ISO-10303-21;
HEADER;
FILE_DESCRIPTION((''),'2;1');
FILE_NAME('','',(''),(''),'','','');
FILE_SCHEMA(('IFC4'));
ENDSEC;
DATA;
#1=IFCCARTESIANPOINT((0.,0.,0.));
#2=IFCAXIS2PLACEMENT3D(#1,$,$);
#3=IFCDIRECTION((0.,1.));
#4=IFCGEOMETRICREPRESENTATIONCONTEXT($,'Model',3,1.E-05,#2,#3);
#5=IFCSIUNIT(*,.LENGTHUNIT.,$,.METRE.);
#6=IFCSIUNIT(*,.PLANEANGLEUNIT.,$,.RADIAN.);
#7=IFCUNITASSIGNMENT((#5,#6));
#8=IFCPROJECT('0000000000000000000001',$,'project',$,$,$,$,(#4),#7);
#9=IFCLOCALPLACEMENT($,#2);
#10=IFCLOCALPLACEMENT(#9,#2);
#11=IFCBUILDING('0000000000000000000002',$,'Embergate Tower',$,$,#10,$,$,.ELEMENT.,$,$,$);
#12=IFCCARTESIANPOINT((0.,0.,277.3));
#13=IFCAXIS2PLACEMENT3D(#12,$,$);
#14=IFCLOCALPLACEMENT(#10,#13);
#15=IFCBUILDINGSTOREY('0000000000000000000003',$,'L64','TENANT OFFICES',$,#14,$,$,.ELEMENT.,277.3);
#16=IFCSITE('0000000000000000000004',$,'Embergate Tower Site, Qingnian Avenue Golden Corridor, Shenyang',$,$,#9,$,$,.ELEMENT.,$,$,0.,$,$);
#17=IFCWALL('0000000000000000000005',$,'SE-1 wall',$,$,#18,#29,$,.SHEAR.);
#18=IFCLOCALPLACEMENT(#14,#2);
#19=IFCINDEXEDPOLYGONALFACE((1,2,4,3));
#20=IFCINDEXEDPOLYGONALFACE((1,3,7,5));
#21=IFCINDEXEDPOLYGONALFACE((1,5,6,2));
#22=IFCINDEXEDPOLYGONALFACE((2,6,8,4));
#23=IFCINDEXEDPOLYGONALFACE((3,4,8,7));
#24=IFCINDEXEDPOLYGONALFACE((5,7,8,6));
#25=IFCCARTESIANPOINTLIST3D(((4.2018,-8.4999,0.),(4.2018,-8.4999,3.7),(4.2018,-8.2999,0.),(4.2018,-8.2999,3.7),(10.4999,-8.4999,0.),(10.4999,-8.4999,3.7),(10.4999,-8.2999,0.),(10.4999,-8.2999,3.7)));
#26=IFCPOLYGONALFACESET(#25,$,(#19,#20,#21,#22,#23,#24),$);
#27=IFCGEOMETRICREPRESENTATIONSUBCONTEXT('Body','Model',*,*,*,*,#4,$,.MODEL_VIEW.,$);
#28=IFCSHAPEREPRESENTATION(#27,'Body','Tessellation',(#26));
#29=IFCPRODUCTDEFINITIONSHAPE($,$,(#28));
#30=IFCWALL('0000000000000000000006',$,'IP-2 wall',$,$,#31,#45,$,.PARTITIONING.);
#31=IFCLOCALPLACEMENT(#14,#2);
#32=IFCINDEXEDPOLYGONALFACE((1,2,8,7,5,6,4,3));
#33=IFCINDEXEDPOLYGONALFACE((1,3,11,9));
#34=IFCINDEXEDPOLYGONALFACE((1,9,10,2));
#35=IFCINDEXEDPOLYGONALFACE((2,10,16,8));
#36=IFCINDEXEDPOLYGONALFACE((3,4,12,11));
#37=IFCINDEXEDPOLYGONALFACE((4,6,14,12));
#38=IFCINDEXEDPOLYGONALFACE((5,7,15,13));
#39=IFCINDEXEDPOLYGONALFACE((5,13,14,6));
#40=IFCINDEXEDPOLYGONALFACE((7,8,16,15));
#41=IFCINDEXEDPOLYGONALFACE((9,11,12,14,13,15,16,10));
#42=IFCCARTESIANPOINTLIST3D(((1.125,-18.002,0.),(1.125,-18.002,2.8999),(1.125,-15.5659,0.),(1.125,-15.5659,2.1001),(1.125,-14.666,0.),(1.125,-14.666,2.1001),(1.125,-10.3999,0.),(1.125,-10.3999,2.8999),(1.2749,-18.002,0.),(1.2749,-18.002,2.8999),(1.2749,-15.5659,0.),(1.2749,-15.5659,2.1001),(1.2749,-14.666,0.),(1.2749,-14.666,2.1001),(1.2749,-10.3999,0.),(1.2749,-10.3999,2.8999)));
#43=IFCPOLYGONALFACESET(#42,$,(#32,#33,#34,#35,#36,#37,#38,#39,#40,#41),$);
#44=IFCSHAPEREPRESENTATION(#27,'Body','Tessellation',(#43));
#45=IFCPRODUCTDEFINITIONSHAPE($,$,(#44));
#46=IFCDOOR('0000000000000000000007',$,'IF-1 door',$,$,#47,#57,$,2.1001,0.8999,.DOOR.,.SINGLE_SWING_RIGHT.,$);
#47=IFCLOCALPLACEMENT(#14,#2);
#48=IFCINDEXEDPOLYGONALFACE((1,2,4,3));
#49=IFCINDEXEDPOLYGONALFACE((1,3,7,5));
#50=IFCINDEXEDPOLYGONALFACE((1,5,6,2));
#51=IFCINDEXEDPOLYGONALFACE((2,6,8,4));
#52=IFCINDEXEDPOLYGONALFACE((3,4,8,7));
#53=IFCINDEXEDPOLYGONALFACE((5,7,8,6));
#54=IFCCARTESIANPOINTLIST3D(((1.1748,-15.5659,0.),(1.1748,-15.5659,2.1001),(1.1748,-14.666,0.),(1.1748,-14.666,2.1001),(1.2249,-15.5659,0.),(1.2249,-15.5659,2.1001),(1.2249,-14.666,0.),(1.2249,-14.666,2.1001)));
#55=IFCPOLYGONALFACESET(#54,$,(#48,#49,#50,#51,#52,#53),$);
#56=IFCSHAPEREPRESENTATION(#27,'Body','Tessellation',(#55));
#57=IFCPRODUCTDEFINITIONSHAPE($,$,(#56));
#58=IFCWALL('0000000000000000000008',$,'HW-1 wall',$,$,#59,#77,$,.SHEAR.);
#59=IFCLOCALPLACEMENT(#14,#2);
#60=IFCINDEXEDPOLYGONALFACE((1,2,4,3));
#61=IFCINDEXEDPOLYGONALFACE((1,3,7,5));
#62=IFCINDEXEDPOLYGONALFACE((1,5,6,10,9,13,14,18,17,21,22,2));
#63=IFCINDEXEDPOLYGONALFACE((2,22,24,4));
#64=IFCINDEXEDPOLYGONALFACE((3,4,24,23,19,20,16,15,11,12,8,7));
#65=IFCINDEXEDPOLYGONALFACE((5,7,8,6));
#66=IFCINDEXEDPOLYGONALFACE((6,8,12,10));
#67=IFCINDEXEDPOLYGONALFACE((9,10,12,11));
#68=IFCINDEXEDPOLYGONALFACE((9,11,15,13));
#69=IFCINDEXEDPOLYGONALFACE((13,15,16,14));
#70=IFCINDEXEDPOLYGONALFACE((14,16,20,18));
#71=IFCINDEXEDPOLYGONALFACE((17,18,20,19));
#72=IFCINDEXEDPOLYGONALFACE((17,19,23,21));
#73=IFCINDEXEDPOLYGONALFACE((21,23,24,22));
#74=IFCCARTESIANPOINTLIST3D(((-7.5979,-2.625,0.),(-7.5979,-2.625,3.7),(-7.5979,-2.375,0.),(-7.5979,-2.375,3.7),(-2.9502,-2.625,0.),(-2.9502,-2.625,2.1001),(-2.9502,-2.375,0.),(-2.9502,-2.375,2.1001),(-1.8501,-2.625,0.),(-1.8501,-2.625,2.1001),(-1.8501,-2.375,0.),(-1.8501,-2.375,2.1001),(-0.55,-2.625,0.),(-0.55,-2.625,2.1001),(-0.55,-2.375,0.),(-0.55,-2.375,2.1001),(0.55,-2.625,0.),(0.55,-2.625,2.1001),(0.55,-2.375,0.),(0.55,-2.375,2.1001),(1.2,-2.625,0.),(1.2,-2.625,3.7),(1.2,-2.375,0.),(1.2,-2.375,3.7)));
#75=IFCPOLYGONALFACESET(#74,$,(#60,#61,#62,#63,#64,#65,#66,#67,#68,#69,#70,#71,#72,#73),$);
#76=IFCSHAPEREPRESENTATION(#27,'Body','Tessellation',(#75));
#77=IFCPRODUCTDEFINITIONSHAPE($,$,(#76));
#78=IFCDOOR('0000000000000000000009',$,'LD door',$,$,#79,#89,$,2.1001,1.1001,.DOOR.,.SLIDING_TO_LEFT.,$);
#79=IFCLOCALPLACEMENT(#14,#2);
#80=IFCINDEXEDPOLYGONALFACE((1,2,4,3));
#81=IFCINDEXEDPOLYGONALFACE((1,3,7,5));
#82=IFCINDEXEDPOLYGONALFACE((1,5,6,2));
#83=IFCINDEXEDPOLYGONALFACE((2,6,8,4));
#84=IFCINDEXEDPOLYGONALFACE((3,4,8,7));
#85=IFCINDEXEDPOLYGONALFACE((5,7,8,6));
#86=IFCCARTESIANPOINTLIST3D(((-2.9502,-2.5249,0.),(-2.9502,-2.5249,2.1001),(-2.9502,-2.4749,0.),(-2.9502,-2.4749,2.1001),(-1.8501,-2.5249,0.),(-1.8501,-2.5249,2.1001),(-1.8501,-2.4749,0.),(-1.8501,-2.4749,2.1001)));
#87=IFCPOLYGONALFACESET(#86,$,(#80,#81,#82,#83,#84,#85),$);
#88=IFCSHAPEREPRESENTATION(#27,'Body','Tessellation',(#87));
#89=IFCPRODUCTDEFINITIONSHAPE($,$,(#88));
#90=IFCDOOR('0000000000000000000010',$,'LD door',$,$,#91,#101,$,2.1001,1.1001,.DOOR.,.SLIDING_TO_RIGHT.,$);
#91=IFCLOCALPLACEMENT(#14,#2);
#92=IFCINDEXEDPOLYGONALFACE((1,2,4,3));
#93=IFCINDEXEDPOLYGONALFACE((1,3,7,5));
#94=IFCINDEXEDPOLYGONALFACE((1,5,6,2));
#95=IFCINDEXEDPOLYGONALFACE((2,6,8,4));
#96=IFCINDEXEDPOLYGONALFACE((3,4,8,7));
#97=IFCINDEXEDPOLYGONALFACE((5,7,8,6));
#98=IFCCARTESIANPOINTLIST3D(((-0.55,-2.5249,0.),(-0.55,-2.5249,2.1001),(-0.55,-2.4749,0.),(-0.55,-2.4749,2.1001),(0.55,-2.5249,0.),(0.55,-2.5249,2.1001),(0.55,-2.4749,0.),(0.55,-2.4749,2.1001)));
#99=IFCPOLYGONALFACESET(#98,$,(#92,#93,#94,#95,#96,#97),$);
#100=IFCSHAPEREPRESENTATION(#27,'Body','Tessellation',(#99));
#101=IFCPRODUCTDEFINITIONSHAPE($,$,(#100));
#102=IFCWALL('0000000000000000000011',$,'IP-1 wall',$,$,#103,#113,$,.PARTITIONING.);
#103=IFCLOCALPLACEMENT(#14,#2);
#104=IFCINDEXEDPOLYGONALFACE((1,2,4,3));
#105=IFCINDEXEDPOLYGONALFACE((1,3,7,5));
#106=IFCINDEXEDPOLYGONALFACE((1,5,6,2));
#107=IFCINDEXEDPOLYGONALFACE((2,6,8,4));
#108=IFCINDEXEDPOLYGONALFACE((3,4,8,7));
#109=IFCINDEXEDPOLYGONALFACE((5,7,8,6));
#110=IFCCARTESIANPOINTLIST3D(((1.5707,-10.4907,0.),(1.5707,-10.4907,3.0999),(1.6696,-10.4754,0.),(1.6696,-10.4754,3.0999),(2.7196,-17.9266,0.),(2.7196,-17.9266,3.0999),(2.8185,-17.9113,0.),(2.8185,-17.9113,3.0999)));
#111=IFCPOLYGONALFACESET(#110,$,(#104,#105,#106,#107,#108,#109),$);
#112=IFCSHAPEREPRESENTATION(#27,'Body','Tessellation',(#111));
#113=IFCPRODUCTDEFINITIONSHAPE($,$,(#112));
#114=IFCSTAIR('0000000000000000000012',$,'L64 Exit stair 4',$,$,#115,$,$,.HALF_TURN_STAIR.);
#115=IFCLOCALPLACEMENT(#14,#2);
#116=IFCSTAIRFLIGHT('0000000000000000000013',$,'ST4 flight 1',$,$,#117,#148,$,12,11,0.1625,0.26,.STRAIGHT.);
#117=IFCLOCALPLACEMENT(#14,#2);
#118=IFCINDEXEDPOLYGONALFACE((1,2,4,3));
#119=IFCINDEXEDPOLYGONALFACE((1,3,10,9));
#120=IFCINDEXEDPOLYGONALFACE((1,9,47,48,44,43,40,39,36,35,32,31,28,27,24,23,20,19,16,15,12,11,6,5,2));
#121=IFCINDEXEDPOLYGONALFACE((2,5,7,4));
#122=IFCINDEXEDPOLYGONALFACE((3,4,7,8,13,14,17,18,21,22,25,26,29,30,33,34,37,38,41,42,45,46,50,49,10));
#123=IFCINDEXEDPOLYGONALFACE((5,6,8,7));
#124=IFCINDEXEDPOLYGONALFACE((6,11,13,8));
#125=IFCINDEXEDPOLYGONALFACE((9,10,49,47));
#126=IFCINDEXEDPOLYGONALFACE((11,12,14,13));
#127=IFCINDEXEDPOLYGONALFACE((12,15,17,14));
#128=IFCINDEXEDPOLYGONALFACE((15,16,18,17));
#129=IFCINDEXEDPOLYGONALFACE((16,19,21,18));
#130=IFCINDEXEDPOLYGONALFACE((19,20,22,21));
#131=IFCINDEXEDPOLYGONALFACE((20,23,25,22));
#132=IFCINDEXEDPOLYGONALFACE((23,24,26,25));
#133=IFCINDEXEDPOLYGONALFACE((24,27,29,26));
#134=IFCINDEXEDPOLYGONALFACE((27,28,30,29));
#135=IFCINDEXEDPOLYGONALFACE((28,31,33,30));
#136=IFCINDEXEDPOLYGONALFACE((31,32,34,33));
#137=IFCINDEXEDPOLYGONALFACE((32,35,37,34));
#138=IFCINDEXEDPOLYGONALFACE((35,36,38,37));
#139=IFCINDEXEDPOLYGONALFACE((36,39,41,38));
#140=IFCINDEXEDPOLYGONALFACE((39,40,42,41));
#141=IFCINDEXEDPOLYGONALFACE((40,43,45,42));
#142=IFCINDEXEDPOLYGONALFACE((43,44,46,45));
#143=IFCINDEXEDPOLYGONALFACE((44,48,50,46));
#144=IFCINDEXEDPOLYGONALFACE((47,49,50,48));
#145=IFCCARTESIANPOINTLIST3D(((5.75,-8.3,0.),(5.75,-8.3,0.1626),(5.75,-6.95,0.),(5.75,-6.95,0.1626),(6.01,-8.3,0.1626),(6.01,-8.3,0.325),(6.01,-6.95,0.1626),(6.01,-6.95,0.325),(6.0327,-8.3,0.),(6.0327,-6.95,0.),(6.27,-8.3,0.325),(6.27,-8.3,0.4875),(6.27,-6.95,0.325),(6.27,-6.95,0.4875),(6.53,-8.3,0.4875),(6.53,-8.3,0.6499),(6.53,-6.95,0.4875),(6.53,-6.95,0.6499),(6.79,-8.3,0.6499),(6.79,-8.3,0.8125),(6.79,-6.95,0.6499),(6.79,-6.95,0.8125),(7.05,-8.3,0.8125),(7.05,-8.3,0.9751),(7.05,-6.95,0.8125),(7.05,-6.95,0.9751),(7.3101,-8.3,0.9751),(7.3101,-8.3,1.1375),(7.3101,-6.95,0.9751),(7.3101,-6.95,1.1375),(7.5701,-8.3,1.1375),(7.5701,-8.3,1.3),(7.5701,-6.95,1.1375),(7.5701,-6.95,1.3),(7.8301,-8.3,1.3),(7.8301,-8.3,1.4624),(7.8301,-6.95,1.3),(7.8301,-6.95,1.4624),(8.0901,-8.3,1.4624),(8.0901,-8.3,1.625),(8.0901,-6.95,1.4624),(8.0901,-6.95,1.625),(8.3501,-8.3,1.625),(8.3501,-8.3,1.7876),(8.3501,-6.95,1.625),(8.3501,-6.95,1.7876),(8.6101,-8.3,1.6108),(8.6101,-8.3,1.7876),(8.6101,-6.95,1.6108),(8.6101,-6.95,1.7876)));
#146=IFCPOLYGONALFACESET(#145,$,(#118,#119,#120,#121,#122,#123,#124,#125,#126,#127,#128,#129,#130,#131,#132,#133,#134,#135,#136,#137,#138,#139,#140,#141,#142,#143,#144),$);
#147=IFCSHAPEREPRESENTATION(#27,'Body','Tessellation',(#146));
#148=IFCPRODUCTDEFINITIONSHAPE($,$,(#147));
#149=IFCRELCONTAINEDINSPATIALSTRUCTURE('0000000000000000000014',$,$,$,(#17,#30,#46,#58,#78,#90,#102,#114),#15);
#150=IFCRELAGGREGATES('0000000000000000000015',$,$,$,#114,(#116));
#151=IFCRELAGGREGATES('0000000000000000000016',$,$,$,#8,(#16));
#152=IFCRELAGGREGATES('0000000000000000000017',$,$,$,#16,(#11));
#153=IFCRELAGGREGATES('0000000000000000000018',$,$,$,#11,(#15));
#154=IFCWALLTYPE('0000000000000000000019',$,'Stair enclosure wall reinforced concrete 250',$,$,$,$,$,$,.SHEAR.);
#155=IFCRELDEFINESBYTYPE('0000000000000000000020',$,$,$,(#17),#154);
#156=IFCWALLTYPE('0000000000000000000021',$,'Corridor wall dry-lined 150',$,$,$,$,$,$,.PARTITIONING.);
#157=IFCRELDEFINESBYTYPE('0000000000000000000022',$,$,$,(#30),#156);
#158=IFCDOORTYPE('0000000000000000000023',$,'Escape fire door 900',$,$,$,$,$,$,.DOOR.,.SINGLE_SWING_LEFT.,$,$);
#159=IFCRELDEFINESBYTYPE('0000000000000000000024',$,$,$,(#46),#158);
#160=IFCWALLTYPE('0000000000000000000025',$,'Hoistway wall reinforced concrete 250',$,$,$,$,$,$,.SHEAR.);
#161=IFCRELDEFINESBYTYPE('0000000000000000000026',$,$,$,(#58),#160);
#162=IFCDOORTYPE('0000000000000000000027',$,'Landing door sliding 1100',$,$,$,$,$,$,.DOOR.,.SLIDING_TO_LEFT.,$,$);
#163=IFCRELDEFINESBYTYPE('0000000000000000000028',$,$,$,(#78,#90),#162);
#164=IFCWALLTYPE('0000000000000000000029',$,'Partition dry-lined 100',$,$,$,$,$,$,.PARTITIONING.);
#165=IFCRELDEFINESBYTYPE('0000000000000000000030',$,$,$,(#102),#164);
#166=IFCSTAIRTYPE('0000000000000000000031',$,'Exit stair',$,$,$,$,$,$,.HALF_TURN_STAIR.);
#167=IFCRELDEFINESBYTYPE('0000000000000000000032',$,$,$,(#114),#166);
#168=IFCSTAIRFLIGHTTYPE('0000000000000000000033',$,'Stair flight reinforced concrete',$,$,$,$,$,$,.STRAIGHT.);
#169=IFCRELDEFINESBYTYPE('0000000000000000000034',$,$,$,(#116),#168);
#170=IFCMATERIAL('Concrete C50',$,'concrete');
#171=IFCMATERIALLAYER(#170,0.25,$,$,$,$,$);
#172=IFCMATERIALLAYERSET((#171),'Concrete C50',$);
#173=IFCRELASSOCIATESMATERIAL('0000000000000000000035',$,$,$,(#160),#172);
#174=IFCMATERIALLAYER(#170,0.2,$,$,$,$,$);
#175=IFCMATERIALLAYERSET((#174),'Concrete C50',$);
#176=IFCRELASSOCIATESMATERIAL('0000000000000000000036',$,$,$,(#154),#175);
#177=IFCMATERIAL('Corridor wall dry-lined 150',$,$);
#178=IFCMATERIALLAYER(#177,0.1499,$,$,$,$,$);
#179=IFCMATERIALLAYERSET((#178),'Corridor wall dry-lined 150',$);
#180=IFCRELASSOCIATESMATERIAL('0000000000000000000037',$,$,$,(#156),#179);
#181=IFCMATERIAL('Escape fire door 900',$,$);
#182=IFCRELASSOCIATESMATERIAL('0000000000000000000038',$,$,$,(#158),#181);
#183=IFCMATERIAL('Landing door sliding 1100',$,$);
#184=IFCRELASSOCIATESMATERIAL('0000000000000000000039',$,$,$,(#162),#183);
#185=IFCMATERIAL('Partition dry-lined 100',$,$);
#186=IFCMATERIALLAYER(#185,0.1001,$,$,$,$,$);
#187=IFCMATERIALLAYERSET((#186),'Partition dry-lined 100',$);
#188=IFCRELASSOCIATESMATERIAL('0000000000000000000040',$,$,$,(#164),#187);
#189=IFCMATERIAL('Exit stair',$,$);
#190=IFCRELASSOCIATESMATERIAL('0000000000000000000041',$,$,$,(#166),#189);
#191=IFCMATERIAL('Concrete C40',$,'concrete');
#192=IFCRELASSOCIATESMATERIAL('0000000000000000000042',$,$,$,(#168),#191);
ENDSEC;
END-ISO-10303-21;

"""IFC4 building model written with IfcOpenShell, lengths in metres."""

from ifc_helpers import new_model, si_unit, direction, frame, frame_2d, origin, place, context, subcontext, project, spatial, polyline, rectangle, outline, extrude, source, transform, mapped, material, layer, layer_set, type_object, element, fill, aggregate, save


model = new_model("IFC4")

# Units and contexts
model_context = context("Model", 3, precision=1e-05, world=origin(), true_north=direction((0.0, 1.0)))
body_context = subcontext(model_context, "Body", "Model", "MODEL_VIEW")
ifc_project = project(units=[si_unit("LENGTHUNIT", "METRE"), si_unit("PLANEANGLEUNIT", "RADIAN")], contexts=[model_context])

# Site, building, storey
site_placement = place(None, origin())
site = spatial("IfcSite", under=ifc_project, at=site_placement, Name="Embergate Tower Site, Qingnian Avenue Golden Corridor, Shenyang", CompositionType="ELEMENT", RefElevation=0.0)
building_placement = place(site_placement, origin())
building = spatial("IfcBuilding", under=site, at=building_placement, Name="Embergate Tower", CompositionType="ELEMENT")
storey_placement = place(building_placement, frame((0.0, 0.0, 277.3)))
storey = spatial("IfcBuildingStorey", under=building, at=storey_placement, Name="L64", Description="TENANT OFFICES", CompositionType="ELEMENT", Elevation=277.3)

# Shared definitions
ifc_material_1 = material(Name="Concrete C50", Category="concrete")
ifc_layer_1 = layer(ifc_material_1, 0.25)
ifc_layer_set_1 = layer_set([ifc_layer_1], Name="Concrete C50")
wall_type_1 = type_object("IfcWallType", Name="Hoistway wall reinforced concrete 250", PredefinedType="SHEAR", material=ifc_layer_set_1)
ifc_layer_2 = layer(ifc_material_1, 0.2)
ifc_layer_set_2 = layer_set([ifc_layer_2], Name="Concrete C50")
wall_type_2 = type_object("IfcWallType", Name="Stair enclosure wall reinforced concrete 250", PredefinedType="SHEAR", material=ifc_layer_set_2)

# Shared definitions
shared_shape_1 = source(origin(), body_context, "Body", "SweptSolid", [
    extrude(rectangle(XDim=0.8999, YDim=2.1001, at=frame_2d((0.45, 1.05))), frame((0.0, 0.0249, 0.0), z_axis=(0.0, -1.0, 0.0), x_axis=(1.0, 0.0, 0.0)), (0.0, 0.0, 1.0), 0.05),
])

# Wall
shared_shape_2 = source(origin(), body_context, "Body", "SweptSolid", [
    extrude(rectangle(XDim=6.2981, YDim=0.2, at=frame_2d((3.1489, 0.0))), origin(), (0.0, 0.0, 1.0), 3.7),
])
wall_1_placement = place(storey_placement, frame((4.2019, -8.3999, 0.0), z_axis=(0.0, 0.0, 1.0), x_axis=(1.0, 0.0, 0.0)))
element("IfcWall", 1, at=wall_1_placement, inside=storey, type_object=wall_type_2, Name="SE-1 wall", PredefinedType="SHEAR", context=body_context, shape_type="MappedRepresentation", body=[
    mapped(shared_shape_2, transform((0.0, 0.0, 0.0))),
])

# Wall, opening, door
ifc_material_2 = material(Name="Corridor wall dry-lined 150")
ifc_layer_3 = layer(ifc_material_2, 0.1499)
ifc_layer_set_3 = layer_set([ifc_layer_3], Name="Corridor wall dry-lined 150")
wall_type_3 = type_object("IfcWallType", Name="Corridor wall dry-lined 150", PredefinedType="PARTITIONING", material=ifc_layer_set_3)
shared_shape_3 = source(origin(), body_context, "Body", "SweptSolid", [
    extrude(rectangle(XDim=7.6021, YDim=0.1499, at=frame_2d((3.801, 0.0))), origin(), (0.0, 0.0, 1.0), 2.8999),
])
wall_2_placement = place(storey_placement, frame((1.2, -10.3999, 0.0), z_axis=(0.0, 0.0, 1.0), x_axis=(0.0, -1.0, 0.0)))
wall_2 = element("IfcWall", 2, at=wall_2_placement, inside=storey, type_object=wall_type_3, Name="IP-2 wall", PredefinedType="PARTITIONING", context=body_context, shape_type="MappedRepresentation", body=[
    mapped(shared_shape_3, transform((0.0, 0.0, 0.0))),
])
shared_shape_4 = source(origin(), body_context, "Body", "SweptSolid", [
    extrude(rectangle(XDim=0.8999, YDim=2.1001, at=frame_2d((0.45, 1.05))), frame((0.0, 0.085, 0.0), z_axis=(0.0, -1.0, 0.0), x_axis=(1.0, 0.0, 0.0)), (0.0, 0.0, 1.0), 0.1699),
])
opening_1_placement = place(wall_2_placement, frame((4.2661, 0.0, 0.0)))
opening_1 = element("IfcOpeningElement", 3, at=opening_1_placement, cuts=wall_2, PredefinedType="OPENING", context=body_context, shape_type="MappedRepresentation", body=[
    mapped(shared_shape_4, transform((0.0, 0.0, 0.0))),
])
ifc_material_3 = material(Name="Escape fire door 900")
door_type_1 = type_object("IfcDoorType", Name="Escape fire door 900", OperationType="SINGLE_SWING_LEFT", PredefinedType="DOOR", material=ifc_material_3)
door_1_placement = place(opening_1_placement, origin())
door_1 = element("IfcDoor", 4, at=door_1_placement, inside=storey, type_object=door_type_1, Name="IF-1 door", OperationType="SINGLE_SWING_RIGHT", OverallHeight=2.1001, OverallWidth=0.8999, PredefinedType="DOOR", context=body_context, shape_type="MappedRepresentation", body=[
    mapped(shared_shape_1, transform((0.0, 0.0, 0.0))),
])
fill(opening_1, door_1)

# Wall, openings, doors
shared_shape_5 = source(origin(), body_context, "Body", "SweptSolid", [
    extrude(rectangle(XDim=8.7979, YDim=0.25, at=frame_2d((4.3989, 0.0))), origin(), (0.0, 0.0, 1.0), 3.7),
])
wall_3_placement = place(storey_placement, frame((1.2, -2.5, 0.0), z_axis=(0.0, 0.0, 1.0), x_axis=(-1.0, 0.0, 0.0)))
wall_3 = element("IfcWall", 5, at=wall_3_placement, inside=storey, type_object=wall_type_1, Name="HW-1 wall", PredefinedType="SHEAR", context=body_context, shape_type="MappedRepresentation", body=[
    mapped(shared_shape_5, transform((0.0, 0.0, 0.0))),
])
shared_shape_6 = source(origin(), body_context, "Body", "SweptSolid", [
    extrude(rectangle(XDim=1.1001, YDim=2.1001, at=frame_2d((0.55, 1.05))), frame((0.0, 0.135, 0.0), z_axis=(0.0, -1.0, 0.0), x_axis=(1.0, 0.0, 0.0)), (0.0, 0.0, 1.0), 0.27),
])
opening_2_placement = place(wall_3_placement, frame((3.05, 0.0, 0.0)))
opening_2 = element("IfcOpeningElement", 6, at=opening_2_placement, cuts=wall_3, PredefinedType="OPENING", context=body_context, shape_type="MappedRepresentation", body=[
    mapped(shared_shape_6, transform((0.0, 0.0, 0.0))),
])
opening_3_placement = place(wall_3_placement, frame((0.6499, 0.0, 0.0)))
opening_3 = element("IfcOpeningElement", 7, at=opening_3_placement, cuts=wall_3, PredefinedType="OPENING", context=body_context, shape_type="MappedRepresentation", body=[
    mapped(shared_shape_6, transform((0.0, 0.0, 0.0))),
])
ifc_material_4 = material(Name="Landing door sliding 1100")
door_type_2 = type_object("IfcDoorType", Name="Landing door sliding 1100", OperationType="SLIDING_TO_LEFT", PredefinedType="DOOR", material=ifc_material_4)
shared_shape_7 = source(origin(), body_context, "Body", "SweptSolid", [
    extrude(rectangle(XDim=1.1001, YDim=2.1001, at=frame_2d((0.55, 1.05))), frame((0.0, 0.0249, 0.0), z_axis=(0.0, -1.0, 0.0), x_axis=(1.0, 0.0, 0.0)), (0.0, 0.0, 1.0), 0.05),
])
door_2_placement = place(opening_2_placement, origin())
door_2 = element("IfcDoor", 8, at=door_2_placement, inside=storey, type_object=door_type_2, Name="LD door", OperationType="SLIDING_TO_LEFT", OverallHeight=2.1001, OverallWidth=1.1001, PredefinedType="DOOR", context=body_context, shape_type="MappedRepresentation", body=[
    mapped(shared_shape_7, transform((0.0, 0.0, 0.0))),
])
fill(opening_2, door_2)
door_3_placement = place(opening_3_placement, origin())
door_3 = element("IfcDoor", 9, at=door_3_placement, inside=storey, type_object=door_type_2, Name="LD door", OperationType="SLIDING_TO_RIGHT", OverallHeight=2.1001, OverallWidth=1.1001, PredefinedType="DOOR", context=body_context, shape_type="MappedRepresentation", body=[
    mapped(shared_shape_7, transform((0.0, 0.0, 0.0))),
])
fill(opening_3, door_3)

# Wall
ifc_material_5 = material(Name="Partition dry-lined 100")
ifc_layer_4 = layer(ifc_material_5, 0.1001)
ifc_layer_set_4 = layer_set([ifc_layer_4], Name="Partition dry-lined 100")
wall_type_4 = type_object("IfcWallType", Name="Partition dry-lined 100", PredefinedType="PARTITIONING", material=ifc_layer_set_4)
shared_shape_8 = source(origin(), body_context, "Body", "SweptSolid", [
    extrude(rectangle(XDim=7.5242, YDim=0.1001, at=frame_2d((3.7622, 0.0))), origin(), (0.0, 0.0, 1.0), 3.0999),
])
wall_4_placement = place(storey_placement, frame((1.6201, -10.4829, 0.0), z_axis=(0.0, 0.0, 1.0), x_axis=(0.152696, -0.988273, 0.0)))
element("IfcWall", 10, at=wall_4_placement, inside=storey, type_object=wall_type_4, Name="IP-1 wall", PredefinedType="PARTITIONING", context=body_context, shape_type="MappedRepresentation", body=[
    mapped(shared_shape_8, transform((0.0, 0.0, 0.0))),
])

# Stair, stair flight
ifc_material_6 = material(Name="Exit stair")
stair_type = type_object("IfcStairType", Name="Exit stair", PredefinedType="HALF_TURN_STAIR", material=ifc_material_6)
stair_placement = place(storey_placement, origin())
stair = element("IfcStair", 11, at=stair_placement, inside=storey, type_object=stair_type, Name="L64 Exit stair 4", PredefinedType="HALF_TURN_STAIR")
ifc_material_7 = material(Name="Concrete C40", Category="concrete")
stair_flight_type = type_object("IfcStairFlightType", Name="Stair flight reinforced concrete", PredefinedType="STRAIGHT", material=ifc_material_7)
shared_shape_9 = source(origin(), body_context, "Body", "SweptSolid", [
    extrude(outline(polyline([(0.0, 0.0), (0.0, 0.1626), (0.26, 0.1626), (0.26, 0.325), (0.52, 0.325), (0.52, 0.4875), (0.78, 0.4875), (0.78, 0.6499), (1.04, 0.6499), (1.04, 0.8125), (1.3, 0.8125), (1.3, 0.9751), (1.5601, 0.9751), (1.5601, 1.1375), (1.8201, 1.1375), (1.8201, 1.3), (2.0801, 1.3), (2.0801, 1.4624), (2.3401, 1.4624), (2.3401, 1.625), (2.6001, 1.625), (2.6001, 1.7876), (2.8601, 1.7876), (2.8601, 1.95), (2.8601, 1.6108), (0.2827, 0.0), (0.0, 0.0)])), frame((0.0, 0.675, 0.0), z_axis=(0.0, -1.0, 0.0), x_axis=(1.0, 0.0, 0.0)), (0.0, 0.0, 1.0), 1.3501),
])
stair_flight_placement = place(storey_placement, frame((5.75, -7.625, 0.0), z_axis=(0.0, 0.0, 1.0), x_axis=(1.0, 0.0, 0.0)))
stair_flight = element("IfcStairFlight", 12, at=stair_flight_placement, type_object=stair_flight_type, Name="ST4 flight 1", NumberOfRisers=12, NumberOfTreads=11, PredefinedType="STRAIGHT", RiserHeight=0.1625, TreadLength=0.26, context=body_context, shape_type="MappedRepresentation", body=[
    mapped(shared_shape_9, transform((0.0, 0.0, 0.0))),
])
aggregate(stair, [stair_flight])

save(model, "model.ifc")
